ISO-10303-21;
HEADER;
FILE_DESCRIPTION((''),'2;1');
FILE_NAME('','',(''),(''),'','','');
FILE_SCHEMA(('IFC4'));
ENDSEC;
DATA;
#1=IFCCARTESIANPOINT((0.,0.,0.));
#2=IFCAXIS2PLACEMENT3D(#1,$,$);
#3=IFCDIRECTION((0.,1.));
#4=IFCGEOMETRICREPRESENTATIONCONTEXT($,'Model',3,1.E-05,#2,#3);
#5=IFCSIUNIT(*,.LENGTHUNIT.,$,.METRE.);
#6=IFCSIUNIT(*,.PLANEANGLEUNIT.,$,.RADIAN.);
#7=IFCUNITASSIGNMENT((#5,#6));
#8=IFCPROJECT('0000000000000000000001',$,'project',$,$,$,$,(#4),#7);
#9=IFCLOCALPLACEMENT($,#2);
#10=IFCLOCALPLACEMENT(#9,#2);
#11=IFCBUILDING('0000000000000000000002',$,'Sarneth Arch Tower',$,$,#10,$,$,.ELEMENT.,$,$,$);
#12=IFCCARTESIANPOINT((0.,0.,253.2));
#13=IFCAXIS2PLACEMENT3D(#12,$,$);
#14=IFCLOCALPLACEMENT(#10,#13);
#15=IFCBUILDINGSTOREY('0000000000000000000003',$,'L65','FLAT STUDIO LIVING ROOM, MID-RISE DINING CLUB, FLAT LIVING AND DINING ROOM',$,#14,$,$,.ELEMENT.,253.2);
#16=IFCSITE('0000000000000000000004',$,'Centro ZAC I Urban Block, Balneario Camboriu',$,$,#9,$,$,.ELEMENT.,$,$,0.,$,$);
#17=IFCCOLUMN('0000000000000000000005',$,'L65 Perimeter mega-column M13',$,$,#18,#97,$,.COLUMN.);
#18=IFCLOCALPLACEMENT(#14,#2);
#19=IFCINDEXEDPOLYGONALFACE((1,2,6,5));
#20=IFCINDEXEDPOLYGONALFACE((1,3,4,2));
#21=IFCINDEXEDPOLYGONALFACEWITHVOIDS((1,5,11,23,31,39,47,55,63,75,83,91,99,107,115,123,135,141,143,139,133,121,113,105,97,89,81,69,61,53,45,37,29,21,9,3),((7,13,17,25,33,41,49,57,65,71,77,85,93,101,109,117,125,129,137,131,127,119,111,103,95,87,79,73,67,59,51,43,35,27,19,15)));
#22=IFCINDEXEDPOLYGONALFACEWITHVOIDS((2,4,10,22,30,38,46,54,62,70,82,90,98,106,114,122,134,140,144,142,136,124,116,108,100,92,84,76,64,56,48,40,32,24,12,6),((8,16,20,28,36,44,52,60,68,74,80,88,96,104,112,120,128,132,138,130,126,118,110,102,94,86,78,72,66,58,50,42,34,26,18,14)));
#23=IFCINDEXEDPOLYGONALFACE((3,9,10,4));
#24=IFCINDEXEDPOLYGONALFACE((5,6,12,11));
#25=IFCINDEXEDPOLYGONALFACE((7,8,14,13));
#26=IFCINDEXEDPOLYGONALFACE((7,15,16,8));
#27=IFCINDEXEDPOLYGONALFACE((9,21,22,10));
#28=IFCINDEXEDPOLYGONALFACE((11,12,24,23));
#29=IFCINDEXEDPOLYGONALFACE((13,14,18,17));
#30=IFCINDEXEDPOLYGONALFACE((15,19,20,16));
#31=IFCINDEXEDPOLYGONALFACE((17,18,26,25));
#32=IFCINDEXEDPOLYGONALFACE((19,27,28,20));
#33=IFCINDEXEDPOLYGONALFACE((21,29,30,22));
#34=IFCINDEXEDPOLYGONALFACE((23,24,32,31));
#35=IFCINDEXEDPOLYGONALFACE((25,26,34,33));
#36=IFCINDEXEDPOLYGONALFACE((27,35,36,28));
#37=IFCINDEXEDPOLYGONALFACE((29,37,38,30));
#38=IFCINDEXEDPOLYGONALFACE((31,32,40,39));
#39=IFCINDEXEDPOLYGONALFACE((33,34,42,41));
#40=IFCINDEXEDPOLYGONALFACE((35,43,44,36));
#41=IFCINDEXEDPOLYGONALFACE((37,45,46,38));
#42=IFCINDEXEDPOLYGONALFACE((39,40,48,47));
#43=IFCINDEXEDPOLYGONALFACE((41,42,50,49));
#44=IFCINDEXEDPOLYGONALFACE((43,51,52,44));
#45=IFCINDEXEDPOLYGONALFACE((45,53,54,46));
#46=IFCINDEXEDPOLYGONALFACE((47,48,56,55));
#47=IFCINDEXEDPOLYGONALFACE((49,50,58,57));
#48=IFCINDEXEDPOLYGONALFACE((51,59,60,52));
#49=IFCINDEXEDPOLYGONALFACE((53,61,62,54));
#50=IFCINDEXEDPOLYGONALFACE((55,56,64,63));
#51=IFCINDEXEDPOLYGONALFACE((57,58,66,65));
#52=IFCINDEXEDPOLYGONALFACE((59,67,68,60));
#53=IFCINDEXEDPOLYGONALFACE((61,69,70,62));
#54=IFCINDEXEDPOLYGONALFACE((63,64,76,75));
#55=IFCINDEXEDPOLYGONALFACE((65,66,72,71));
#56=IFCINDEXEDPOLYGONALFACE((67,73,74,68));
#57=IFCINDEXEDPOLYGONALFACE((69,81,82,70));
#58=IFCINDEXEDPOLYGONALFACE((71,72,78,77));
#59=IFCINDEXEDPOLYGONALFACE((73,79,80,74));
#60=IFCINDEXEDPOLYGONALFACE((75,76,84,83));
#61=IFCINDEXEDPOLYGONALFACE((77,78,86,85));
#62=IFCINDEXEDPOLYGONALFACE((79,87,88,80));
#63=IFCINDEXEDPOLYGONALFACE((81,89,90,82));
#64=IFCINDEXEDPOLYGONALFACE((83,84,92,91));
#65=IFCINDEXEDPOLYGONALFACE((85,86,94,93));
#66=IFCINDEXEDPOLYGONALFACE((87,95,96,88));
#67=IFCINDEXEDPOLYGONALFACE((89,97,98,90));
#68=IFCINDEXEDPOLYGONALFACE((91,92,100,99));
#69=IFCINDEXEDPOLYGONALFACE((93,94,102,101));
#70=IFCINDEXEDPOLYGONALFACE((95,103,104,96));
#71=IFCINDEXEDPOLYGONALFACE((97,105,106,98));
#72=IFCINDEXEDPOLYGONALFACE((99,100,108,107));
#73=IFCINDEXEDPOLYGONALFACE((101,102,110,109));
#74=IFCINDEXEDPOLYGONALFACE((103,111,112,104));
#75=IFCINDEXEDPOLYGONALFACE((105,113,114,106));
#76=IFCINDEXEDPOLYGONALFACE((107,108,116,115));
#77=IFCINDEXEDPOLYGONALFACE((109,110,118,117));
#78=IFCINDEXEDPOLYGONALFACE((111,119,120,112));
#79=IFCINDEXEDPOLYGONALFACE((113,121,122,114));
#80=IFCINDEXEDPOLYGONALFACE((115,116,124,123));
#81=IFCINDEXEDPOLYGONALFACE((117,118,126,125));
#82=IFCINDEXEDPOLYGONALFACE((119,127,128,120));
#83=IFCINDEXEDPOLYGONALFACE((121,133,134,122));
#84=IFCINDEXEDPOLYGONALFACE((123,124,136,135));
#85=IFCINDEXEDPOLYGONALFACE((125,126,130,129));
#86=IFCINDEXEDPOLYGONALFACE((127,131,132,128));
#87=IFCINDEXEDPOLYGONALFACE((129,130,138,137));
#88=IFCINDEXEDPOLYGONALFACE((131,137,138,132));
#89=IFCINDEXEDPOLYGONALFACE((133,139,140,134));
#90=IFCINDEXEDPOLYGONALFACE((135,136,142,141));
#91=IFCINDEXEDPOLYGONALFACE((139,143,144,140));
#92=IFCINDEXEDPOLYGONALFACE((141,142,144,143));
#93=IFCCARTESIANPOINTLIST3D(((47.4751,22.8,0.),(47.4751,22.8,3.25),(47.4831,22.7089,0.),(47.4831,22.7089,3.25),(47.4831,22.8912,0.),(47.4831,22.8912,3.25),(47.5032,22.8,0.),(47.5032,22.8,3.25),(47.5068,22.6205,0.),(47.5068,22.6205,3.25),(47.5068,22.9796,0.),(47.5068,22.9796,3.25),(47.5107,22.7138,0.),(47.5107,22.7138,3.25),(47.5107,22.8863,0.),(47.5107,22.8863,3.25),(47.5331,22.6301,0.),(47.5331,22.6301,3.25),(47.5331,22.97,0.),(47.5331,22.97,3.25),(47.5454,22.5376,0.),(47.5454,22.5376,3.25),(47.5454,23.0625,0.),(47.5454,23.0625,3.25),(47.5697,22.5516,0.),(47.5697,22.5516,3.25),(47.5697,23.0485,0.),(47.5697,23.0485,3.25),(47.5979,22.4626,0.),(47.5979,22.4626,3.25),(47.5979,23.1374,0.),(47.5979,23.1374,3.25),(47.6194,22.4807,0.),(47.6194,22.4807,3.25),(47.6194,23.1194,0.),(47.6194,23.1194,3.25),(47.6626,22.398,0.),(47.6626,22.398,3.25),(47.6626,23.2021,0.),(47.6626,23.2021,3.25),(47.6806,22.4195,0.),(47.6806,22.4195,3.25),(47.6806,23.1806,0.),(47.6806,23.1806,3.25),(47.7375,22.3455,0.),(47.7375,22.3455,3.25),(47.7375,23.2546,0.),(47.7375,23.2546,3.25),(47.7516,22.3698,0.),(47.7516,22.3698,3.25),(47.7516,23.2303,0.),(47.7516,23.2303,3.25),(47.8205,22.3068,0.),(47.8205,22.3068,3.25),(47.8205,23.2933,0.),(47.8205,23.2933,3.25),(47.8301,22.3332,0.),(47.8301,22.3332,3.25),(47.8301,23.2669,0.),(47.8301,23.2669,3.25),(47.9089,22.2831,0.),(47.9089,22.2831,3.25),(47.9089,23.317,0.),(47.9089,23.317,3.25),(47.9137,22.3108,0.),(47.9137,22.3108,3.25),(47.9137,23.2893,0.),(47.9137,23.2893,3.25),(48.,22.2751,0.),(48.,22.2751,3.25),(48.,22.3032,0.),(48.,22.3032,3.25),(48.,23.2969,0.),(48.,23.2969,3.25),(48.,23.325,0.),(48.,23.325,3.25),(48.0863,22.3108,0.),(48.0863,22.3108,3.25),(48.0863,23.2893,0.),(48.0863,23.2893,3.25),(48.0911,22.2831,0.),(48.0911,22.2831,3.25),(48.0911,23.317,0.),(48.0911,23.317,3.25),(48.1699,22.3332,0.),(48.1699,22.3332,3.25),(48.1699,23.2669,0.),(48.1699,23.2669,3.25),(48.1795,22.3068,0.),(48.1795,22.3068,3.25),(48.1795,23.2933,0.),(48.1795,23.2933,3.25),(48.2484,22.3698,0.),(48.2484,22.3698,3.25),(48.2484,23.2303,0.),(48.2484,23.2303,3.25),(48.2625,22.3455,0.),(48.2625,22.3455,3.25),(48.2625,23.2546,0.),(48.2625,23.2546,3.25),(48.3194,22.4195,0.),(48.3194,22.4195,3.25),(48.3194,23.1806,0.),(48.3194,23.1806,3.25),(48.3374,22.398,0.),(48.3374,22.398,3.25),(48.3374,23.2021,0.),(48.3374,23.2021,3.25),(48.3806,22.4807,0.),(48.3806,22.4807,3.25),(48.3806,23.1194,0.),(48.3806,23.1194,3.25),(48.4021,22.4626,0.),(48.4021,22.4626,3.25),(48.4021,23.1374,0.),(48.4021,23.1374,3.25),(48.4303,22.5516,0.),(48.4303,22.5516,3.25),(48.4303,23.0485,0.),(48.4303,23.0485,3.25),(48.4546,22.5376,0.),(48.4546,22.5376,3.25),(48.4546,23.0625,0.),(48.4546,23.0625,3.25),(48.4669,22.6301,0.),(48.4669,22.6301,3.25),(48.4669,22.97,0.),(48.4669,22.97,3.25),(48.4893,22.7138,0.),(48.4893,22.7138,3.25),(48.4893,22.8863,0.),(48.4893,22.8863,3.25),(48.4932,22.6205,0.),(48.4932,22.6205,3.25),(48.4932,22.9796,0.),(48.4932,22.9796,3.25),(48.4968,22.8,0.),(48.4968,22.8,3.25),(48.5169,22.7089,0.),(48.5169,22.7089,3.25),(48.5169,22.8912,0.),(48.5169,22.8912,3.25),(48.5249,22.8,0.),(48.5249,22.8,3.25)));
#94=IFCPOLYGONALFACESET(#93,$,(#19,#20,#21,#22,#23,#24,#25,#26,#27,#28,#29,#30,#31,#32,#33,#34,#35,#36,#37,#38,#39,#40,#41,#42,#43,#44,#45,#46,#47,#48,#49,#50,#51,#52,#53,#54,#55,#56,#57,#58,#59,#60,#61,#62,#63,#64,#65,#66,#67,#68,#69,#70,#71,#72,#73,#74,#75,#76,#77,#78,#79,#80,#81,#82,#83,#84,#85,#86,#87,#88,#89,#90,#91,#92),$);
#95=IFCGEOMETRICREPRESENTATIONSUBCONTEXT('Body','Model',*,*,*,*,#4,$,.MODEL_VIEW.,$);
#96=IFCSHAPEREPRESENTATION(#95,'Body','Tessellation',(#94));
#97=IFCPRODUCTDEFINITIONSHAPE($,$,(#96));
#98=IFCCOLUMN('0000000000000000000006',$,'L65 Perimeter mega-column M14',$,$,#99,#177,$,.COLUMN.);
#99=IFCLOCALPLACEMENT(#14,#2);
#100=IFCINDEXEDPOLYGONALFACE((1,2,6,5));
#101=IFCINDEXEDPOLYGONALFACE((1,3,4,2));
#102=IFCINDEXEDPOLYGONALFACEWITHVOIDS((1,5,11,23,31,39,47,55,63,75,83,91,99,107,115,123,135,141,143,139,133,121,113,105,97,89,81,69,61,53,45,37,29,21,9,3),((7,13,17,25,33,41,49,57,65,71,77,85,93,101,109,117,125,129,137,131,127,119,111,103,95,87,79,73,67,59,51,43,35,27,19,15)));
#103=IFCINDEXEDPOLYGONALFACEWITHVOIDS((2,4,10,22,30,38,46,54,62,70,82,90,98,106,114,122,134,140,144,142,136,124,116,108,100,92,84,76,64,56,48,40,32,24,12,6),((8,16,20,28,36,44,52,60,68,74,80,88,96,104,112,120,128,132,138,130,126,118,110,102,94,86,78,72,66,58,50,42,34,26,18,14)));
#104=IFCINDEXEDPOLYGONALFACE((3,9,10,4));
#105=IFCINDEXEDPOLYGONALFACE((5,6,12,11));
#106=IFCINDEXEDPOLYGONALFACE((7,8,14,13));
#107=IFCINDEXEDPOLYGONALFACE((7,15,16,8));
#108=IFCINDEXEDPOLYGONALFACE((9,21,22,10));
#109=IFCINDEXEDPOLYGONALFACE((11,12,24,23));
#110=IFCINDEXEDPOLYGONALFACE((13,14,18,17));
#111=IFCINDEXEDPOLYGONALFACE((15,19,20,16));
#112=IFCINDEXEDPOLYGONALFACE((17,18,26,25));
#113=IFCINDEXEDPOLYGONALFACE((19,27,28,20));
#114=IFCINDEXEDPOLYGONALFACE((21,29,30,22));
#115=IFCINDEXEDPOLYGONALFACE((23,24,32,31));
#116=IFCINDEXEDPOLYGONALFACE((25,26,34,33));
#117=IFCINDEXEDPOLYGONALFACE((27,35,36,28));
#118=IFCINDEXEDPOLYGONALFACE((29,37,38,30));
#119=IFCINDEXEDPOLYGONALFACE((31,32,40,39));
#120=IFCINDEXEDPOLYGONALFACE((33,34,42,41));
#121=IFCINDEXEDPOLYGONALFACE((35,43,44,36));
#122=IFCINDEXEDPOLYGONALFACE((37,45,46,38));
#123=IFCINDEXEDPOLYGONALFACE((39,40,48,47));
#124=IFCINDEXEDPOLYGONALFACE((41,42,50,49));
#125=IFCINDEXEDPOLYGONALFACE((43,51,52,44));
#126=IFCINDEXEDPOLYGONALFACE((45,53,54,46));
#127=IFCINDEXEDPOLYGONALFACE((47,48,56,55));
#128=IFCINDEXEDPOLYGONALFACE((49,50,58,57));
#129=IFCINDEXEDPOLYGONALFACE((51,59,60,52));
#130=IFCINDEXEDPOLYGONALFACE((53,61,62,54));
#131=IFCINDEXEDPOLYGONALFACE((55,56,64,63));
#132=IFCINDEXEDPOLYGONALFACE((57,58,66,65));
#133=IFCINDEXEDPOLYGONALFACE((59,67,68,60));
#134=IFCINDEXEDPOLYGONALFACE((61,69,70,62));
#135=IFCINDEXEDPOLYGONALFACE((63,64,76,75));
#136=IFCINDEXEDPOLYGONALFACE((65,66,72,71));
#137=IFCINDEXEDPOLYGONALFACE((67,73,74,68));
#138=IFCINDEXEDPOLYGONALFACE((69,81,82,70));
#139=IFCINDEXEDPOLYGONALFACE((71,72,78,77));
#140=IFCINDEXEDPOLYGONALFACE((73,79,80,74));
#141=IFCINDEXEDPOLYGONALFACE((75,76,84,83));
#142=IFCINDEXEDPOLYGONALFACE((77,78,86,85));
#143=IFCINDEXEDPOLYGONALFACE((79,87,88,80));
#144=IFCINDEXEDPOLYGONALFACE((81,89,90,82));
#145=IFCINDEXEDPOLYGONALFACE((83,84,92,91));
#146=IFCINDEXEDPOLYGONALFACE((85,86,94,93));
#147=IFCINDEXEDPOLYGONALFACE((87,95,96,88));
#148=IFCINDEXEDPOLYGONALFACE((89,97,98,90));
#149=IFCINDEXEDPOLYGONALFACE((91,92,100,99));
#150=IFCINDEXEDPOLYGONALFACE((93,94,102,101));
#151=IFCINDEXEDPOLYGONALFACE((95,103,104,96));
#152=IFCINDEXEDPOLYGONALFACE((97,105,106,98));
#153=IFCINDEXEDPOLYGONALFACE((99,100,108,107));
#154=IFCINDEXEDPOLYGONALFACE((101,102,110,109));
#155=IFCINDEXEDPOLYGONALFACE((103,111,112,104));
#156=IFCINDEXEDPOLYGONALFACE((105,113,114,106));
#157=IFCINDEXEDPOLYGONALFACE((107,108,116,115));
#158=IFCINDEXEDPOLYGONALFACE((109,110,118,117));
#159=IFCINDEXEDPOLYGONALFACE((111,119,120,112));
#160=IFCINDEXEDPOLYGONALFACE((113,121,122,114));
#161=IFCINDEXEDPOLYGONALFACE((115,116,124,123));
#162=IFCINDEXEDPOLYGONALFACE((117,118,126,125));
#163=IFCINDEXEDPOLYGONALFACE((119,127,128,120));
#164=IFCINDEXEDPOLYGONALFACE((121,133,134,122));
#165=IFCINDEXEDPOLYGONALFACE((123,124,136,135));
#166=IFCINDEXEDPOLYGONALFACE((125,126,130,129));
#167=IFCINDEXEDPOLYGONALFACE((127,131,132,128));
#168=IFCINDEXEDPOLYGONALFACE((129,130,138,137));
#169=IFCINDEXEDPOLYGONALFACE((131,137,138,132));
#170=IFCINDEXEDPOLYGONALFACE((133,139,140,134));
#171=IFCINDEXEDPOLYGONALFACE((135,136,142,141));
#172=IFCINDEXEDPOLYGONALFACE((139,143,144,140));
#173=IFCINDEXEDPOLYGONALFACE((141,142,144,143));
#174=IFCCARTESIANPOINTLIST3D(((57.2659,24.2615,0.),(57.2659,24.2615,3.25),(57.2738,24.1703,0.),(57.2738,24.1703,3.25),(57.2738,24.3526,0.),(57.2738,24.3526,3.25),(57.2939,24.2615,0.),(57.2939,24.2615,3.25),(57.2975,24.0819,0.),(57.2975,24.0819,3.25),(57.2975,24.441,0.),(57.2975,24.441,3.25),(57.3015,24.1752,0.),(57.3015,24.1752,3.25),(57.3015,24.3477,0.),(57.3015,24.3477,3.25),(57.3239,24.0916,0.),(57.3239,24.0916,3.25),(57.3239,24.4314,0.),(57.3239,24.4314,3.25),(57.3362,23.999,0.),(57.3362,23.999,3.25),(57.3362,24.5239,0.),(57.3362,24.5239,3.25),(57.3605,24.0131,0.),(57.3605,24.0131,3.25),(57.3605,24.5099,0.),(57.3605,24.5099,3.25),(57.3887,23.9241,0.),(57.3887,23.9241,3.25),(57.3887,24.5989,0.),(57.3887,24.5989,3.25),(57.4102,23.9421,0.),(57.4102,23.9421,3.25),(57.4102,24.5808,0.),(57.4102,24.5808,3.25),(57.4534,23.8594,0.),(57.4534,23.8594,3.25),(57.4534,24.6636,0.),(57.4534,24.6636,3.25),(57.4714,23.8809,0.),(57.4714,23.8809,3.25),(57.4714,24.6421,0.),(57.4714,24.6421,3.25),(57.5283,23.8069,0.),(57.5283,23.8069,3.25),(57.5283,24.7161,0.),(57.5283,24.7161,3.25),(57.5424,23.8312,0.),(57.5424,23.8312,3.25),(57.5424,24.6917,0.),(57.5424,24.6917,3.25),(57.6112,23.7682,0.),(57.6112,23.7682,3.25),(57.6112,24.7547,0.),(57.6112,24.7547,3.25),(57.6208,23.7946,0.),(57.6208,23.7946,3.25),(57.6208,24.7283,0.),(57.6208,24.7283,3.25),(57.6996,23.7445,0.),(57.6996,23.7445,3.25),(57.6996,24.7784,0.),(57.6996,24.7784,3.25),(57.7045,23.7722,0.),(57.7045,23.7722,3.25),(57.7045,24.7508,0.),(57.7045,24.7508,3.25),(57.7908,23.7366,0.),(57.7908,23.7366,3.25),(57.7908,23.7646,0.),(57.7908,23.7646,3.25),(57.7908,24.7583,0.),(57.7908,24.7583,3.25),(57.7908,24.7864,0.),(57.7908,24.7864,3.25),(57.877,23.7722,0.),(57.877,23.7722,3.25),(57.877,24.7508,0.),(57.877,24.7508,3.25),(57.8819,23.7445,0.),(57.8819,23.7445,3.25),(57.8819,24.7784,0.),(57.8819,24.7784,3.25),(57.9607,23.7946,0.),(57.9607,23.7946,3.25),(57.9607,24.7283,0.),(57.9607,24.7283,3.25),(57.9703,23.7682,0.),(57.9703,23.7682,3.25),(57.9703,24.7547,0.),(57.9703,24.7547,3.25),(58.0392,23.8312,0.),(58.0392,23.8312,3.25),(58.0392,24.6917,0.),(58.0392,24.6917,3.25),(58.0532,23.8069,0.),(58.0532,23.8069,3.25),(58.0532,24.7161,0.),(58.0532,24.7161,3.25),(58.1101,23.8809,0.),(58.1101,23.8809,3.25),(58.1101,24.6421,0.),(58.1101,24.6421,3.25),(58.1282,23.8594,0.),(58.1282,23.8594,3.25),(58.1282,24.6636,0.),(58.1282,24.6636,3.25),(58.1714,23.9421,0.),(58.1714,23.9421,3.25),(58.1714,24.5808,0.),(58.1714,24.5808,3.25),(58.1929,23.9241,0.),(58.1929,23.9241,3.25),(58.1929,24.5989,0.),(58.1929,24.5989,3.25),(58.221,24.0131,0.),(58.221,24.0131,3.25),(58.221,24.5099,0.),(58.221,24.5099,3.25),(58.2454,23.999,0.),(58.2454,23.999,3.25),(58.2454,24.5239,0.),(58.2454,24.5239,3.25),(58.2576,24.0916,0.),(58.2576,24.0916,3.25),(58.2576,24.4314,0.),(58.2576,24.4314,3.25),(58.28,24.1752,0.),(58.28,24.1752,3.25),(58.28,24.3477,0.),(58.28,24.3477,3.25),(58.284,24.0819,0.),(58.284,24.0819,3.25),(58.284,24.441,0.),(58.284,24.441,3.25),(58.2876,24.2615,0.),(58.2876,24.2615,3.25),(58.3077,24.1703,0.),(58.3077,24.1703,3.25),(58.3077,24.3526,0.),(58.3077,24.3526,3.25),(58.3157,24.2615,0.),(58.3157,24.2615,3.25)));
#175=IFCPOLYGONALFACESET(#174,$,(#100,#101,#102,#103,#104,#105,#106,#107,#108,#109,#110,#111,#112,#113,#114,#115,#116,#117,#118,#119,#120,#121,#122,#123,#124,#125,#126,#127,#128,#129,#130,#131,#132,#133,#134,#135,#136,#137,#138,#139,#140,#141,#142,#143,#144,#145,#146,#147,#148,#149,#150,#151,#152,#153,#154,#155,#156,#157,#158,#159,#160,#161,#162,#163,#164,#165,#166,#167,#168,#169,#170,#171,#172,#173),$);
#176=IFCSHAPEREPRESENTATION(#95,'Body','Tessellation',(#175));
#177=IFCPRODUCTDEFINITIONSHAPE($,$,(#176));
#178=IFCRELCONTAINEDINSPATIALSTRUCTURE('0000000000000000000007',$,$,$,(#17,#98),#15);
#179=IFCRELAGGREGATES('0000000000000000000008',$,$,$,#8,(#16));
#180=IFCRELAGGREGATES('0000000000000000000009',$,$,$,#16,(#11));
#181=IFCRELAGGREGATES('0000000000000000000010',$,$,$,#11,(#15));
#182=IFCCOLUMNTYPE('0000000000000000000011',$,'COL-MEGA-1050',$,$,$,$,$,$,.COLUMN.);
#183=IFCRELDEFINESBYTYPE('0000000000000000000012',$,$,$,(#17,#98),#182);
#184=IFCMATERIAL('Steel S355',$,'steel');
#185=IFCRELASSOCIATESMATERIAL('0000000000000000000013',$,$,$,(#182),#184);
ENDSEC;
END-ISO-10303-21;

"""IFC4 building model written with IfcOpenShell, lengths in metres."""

from ifc_helpers import new_model, si_unit, direction, frame, origin, origin_2d, place, context, subcontext, project, spatial, hollow_circle, extrude, material, material_profile, profile_set, type_object, element, save


model = new_model("IFC4")

# Units and contexts
model_context = context("Model", 3, precision=1e-05, world=origin(), true_north=direction((0.0, 1.0)))
body_context = subcontext(model_context, "Body", "Model", "MODEL_VIEW")
ifc_project = project(units=[si_unit("LENGTHUNIT", "METRE"), si_unit("PLANEANGLEUNIT", "RADIAN")], contexts=[model_context])

# Site, building, storey
site_placement = place(None, origin())
site = spatial("IfcSite", under=ifc_project, at=site_placement, Name="Centro ZAC I Urban Block, Balneario Camboriu", CompositionType="ELEMENT", RefElevation=0.0)
building_placement = place(site_placement, origin())
building = spatial("IfcBuilding", under=site, at=building_placement, Name="Sarneth Arch Tower", CompositionType="ELEMENT")
storey_placement = place(building_placement, frame((0.0, 0.0, 253.2)))
storey = spatial("IfcBuildingStorey", under=building, at=storey_placement, Name="L65", Description="FLAT STUDIO LIVING ROOM, MID-RISE DINING CLUB, FLAT LIVING AND DINING ROOM", CompositionType="ELEMENT", Elevation=253.2)

# Columns
ifc_material_1 = material(Name="Steel S355", Category="steel")
ifc_material_profile_1 = material_profile(ifc_material_1, hollow_circle(Radius=0.5249, WallThickness=0.0281, at=origin_2d()), Name="CHS1050x28")
ifc_profile_set_1 = profile_set([ifc_material_profile_1], Name="Steel S355")
column_type = type_object("IfcColumnType", Name="COL-MEGA-1050", PredefinedType="COLUMN", material=ifc_profile_set_1)
for number, where, z_axis, x_axis, name in (
    (1, (48.0, 22.8, 0.0), (0.0, 0.0, 1.0), (1.0, 0.0, 0.0), "L65 Perimeter mega-column M13"),
    (2, (57.7908, 24.2615, 0.0), (0.0, 0.0, 1.0), (1.0, 0.0, 0.0), "L65 Perimeter mega-column M14"),
):
    element("IfcColumn", number, at=place(storey_placement, frame(where, z_axis=z_axis, x_axis=x_axis)), inside=storey, type_object=column_type, Name=name, PredefinedType="COLUMN", context=body_context, shape_type="SweptSolid", body=[
        extrude(hollow_circle(Radius=0.5249, WallThickness=0.0281, at=origin_2d()), origin(), (0.0, 0.0, 1.0), 3.25),
    ])

save(model, "model.ifc")
